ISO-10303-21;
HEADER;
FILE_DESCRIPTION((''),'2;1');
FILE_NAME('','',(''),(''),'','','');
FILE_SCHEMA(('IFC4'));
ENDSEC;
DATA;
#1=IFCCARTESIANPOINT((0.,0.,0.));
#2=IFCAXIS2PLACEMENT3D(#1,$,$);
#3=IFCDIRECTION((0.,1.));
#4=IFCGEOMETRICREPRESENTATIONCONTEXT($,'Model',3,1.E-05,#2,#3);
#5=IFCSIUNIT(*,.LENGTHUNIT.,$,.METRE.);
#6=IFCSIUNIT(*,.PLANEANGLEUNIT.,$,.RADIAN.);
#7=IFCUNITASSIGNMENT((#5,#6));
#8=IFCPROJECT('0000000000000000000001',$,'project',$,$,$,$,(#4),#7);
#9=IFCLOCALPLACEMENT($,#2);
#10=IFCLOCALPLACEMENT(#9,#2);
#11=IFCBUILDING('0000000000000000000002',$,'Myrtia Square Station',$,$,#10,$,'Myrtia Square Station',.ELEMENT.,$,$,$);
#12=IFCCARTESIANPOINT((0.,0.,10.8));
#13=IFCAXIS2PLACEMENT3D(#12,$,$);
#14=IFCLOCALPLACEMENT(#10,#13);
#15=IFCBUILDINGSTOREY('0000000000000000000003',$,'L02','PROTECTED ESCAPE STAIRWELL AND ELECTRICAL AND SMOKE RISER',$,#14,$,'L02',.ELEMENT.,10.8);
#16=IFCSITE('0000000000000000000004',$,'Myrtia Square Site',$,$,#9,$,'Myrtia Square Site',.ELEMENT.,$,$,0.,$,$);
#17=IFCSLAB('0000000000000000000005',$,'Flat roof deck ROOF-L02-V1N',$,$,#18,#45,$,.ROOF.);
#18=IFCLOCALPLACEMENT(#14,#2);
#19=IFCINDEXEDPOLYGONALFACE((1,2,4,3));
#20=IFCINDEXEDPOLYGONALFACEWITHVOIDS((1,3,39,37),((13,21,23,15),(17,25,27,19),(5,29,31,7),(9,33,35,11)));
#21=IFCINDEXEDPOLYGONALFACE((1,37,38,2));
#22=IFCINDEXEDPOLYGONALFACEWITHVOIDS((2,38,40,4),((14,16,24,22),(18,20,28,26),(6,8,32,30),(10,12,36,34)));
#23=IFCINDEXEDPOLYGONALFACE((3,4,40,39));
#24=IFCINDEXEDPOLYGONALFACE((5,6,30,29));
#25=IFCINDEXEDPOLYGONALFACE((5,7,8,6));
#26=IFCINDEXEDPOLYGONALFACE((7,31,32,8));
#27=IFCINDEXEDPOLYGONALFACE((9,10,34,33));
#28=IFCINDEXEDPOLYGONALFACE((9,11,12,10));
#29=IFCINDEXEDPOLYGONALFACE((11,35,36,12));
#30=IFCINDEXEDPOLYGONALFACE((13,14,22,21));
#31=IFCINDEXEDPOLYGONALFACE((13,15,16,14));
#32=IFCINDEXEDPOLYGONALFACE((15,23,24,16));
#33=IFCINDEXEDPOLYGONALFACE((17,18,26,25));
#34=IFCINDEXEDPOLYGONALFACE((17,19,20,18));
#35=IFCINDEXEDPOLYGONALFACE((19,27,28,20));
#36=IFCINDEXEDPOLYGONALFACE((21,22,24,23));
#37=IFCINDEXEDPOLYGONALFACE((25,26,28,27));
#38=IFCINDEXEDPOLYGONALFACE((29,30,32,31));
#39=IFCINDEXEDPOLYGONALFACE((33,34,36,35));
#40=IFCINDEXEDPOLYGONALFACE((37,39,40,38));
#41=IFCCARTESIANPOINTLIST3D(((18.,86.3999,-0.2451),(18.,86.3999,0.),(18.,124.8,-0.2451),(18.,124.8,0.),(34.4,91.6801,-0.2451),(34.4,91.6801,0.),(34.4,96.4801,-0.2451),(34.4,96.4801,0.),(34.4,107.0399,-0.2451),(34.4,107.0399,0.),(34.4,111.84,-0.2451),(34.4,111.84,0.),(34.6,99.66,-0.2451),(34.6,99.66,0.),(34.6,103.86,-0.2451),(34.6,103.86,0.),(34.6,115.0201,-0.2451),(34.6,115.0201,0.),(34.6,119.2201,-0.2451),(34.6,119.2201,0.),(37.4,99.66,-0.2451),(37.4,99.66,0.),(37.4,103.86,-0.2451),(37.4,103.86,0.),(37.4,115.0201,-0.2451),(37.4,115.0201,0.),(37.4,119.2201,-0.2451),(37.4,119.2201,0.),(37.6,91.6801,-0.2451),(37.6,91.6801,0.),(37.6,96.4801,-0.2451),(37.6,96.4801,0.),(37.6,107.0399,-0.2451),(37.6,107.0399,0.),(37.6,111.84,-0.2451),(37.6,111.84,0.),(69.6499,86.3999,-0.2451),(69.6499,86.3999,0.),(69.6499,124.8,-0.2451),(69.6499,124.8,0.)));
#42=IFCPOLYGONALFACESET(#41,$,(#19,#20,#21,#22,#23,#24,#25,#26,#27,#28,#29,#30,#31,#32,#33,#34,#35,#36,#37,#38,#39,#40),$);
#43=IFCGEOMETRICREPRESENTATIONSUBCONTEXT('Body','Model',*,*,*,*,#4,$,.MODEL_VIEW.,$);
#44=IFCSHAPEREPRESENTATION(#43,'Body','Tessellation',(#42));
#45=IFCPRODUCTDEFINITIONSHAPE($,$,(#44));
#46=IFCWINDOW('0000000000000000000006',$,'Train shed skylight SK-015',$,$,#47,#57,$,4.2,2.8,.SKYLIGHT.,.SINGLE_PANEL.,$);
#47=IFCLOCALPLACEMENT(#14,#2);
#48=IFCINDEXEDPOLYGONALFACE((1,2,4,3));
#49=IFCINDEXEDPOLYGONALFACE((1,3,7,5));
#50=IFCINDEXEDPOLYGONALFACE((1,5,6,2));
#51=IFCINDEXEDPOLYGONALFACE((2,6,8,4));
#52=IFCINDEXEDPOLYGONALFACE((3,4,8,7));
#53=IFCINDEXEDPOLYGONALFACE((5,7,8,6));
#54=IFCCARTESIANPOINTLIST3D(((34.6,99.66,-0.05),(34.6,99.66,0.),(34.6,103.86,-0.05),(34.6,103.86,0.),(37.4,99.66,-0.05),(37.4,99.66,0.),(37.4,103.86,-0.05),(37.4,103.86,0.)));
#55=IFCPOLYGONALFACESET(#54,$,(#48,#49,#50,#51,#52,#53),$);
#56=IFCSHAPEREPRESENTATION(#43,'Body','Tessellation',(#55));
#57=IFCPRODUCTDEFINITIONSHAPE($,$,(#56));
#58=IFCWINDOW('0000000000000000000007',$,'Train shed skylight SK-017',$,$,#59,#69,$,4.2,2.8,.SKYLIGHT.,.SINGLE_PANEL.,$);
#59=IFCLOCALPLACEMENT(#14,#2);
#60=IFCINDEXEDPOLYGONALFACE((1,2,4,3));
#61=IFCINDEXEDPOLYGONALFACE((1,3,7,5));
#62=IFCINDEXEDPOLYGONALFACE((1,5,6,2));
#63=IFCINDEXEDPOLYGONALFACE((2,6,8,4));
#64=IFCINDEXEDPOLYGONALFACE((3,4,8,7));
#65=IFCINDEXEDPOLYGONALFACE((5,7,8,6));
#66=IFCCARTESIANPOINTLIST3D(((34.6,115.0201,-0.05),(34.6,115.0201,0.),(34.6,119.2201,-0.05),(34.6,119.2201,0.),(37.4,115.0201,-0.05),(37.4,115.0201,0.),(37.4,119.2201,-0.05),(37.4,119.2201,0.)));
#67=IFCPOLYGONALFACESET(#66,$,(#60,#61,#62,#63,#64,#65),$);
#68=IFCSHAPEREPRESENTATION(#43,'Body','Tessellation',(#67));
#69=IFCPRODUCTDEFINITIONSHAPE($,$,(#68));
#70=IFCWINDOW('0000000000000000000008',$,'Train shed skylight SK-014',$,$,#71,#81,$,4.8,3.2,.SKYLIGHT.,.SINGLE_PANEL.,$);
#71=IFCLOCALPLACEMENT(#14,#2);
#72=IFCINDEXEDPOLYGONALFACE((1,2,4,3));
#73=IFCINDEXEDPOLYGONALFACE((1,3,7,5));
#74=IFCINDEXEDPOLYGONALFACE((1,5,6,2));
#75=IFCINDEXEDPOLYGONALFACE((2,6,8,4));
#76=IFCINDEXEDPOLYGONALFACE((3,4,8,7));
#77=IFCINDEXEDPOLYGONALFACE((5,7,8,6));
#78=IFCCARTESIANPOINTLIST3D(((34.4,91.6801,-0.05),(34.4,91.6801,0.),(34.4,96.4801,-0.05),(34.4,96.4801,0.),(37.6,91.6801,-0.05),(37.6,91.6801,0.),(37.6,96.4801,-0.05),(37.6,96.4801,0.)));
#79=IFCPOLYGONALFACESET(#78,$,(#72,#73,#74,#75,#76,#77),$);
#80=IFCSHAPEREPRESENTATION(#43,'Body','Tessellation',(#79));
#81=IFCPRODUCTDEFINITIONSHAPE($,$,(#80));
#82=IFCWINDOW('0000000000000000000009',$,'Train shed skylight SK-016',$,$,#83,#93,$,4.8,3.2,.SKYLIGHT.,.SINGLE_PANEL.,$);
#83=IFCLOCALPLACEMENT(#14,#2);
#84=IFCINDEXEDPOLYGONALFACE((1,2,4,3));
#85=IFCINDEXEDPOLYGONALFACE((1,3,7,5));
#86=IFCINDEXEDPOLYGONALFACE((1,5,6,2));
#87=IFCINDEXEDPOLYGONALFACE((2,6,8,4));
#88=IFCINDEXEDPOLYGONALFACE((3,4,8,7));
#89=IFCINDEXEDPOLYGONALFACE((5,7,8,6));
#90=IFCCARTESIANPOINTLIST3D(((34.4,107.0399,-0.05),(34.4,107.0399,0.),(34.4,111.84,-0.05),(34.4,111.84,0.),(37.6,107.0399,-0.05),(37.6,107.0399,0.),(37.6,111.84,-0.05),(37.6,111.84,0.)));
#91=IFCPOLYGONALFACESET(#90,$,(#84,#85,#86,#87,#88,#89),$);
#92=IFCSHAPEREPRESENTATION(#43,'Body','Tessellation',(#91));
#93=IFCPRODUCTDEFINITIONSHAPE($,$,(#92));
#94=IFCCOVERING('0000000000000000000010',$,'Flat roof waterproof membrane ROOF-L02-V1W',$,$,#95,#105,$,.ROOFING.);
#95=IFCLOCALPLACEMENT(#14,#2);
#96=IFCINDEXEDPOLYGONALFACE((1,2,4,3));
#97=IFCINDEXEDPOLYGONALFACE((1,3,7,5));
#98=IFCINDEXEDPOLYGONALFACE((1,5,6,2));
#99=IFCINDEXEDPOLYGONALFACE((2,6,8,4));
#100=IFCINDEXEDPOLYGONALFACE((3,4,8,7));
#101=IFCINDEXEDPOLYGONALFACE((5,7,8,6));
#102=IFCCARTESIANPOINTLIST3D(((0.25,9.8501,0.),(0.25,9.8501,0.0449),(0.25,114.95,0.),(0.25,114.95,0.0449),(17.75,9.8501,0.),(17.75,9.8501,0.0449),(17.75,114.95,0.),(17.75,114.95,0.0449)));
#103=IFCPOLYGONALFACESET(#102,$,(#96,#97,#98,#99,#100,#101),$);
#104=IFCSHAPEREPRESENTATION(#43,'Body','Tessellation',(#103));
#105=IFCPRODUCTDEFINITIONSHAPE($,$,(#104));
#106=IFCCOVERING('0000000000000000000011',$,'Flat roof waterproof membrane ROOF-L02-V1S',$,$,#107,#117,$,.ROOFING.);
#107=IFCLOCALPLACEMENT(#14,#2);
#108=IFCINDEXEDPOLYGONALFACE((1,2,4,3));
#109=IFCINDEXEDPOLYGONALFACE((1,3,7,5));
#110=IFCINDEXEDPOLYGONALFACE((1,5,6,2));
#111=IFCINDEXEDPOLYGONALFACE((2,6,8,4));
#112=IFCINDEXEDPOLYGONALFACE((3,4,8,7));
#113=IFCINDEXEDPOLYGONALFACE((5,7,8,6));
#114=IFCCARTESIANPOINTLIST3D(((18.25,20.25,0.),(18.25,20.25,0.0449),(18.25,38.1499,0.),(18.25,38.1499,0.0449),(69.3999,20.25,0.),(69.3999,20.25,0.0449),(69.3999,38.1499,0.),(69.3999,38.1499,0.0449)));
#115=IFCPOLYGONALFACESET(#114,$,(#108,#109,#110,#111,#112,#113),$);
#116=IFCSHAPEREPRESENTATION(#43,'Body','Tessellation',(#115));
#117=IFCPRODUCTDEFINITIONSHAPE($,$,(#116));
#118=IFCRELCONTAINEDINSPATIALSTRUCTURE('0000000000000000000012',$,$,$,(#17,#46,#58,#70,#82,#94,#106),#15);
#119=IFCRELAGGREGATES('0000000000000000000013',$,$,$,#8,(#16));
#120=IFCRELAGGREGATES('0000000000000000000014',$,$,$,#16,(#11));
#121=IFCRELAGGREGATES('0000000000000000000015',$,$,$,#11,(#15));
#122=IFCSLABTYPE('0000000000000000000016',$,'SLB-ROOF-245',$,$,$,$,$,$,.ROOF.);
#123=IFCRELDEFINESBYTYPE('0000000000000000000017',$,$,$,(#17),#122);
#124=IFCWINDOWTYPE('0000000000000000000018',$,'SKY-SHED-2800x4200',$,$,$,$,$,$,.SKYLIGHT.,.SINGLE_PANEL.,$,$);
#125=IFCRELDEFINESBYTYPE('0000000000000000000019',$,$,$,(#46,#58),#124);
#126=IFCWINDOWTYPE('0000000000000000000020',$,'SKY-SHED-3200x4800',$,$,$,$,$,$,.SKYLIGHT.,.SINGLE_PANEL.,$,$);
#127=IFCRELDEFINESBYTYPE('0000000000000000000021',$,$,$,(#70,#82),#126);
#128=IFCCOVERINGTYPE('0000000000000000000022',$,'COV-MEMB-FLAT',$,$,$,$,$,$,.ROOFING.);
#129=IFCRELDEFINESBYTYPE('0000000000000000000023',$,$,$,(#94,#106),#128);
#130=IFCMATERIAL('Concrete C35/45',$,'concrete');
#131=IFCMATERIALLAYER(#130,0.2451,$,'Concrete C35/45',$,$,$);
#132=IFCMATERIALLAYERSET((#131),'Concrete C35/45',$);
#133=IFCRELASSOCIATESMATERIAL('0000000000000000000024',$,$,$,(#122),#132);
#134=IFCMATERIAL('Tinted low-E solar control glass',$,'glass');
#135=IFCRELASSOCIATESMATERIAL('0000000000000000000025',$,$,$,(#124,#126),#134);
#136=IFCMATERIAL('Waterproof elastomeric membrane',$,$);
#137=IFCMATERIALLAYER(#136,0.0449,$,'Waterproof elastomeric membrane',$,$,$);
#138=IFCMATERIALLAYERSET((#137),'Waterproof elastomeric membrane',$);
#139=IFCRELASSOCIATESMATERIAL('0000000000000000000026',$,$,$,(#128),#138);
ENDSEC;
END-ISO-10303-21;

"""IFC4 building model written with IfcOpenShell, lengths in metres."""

from ifc_helpers import new_model, si_unit, direction, frame, origin, origin_2d, place, context, subcontext, project, spatial, polyline, rectangle, outline, extrude, material, layer, layer_set, type_object, element, fill, save


model = new_model("IFC4")

# Units and contexts
model_context = context("Model", 3, precision=1e-05, world=origin(), true_north=direction((0.0, 1.0)))
body_context = subcontext(model_context, "Body", "Model", "MODEL_VIEW")
ifc_project = project(units=[si_unit("LENGTHUNIT", "METRE"), si_unit("PLANEANGLEUNIT", "RADIAN")], contexts=[model_context])

# Site, building, storey
site_placement = place(None, origin())
site = spatial("IfcSite", under=ifc_project, at=site_placement, Name="Myrtia Square Site", LongName="Myrtia Square Site", CompositionType="ELEMENT", RefElevation=0.0)
building_placement = place(site_placement, origin())
building = spatial("IfcBuilding", under=site, at=building_placement, Name="Myrtia Square Station", LongName="Myrtia Square Station", CompositionType="ELEMENT")
storey_placement = place(building_placement, frame((0.0, 0.0, 10.8)))
storey = spatial("IfcBuildingStorey", under=building, at=storey_placement, Name="L02", Description="PROTECTED ESCAPE STAIRWELL AND ELECTRICAL AND SMOKE RISER", LongName="L02", CompositionType="ELEMENT", Elevation=10.8)

# Slab, openings, windows
ifc_material_1 = material(Name="Concrete C35/45", Category="concrete")
ifc_layer_1 = layer(ifc_material_1, 0.2451, Name="Concrete C35/45")
ifc_layer_set_1 = layer_set([ifc_layer_1], Name="Concrete C35/45")
slab_type = type_object("IfcSlabType", Name="SLB-ROOF-245", PredefinedType="ROOF", material=ifc_layer_set_1)
ifc_material_2 = material(Name="Tinted low-E solar control glass", Category="glass")
window_type_1 = type_object("IfcWindowType", Name="SKY-SHED-2800x4200", PartitioningType="SINGLE_PANEL", PredefinedType="SKYLIGHT", material=ifc_material_2)
window_type_2 = type_object("IfcWindowType", Name="SKY-SHED-3200x4800", PartitioningType="SINGLE_PANEL", PredefinedType="SKYLIGHT", material=ifc_material_2)
slab_1_placement = place(storey_placement, frame((0.0, 0.0, -0.2451)))
slab_1 = element("IfcSlab", 1, at=slab_1_placement, inside=storey, type_object=slab_type, Name="Flat roof deck ROOF-L02-V1N", PredefinedType="ROOF", context=body_context, shape_type="SweptSolid", body=[
    extrude(outline(polyline([(18.0, 86.3999), (69.6499, 86.3999), (69.6499, 124.8), (18.0, 124.8), (18.0, 86.3999)])), origin(), (0.0, 0.0, 1.0), 0.2451),
])
opening_1_placement = place(slab_1_placement, frame((36.0, 94.0801, 0.0)))
opening_1 = element("IfcOpeningElement", 2, at=opening_1_placement, cuts=slab_1, PredefinedType="OPENING", context=body_context, shape_type="SweptSolid", body=[
    extrude(rectangle(XDim=3.2, YDim=4.8, at=origin_2d()), frame((0.0, 0.0, -0.0149), z_axis=(0.0, 0.0, 1.0), x_axis=(1.0, 0.0, 0.0)), (0.0, 0.0, 1.0), 0.2751),
])
opening_2_placement = place(slab_1_placement, frame((36.0, 101.76, 0.0)))
opening_2 = element("IfcOpeningElement", 3, at=opening_2_placement, cuts=slab_1, PredefinedType="OPENING", context=body_context, shape_type="SweptSolid", body=[
    extrude(rectangle(XDim=2.8, YDim=4.2, at=origin_2d()), frame((0.0, 0.0, -0.0149), z_axis=(0.0, 0.0, 1.0), x_axis=(1.0, 0.0, 0.0)), (0.0, 0.0, 1.0), 0.2751),
])
opening_3_placement = place(slab_1_placement, frame((36.0, 109.4399, 0.0)))
opening_3 = element("IfcOpeningElement", 4, at=opening_3_placement, cuts=slab_1, PredefinedType="OPENING", context=body_context, shape_type="SweptSolid", body=[
    extrude(rectangle(XDim=3.2, YDim=4.8, at=origin_2d()), frame((0.0, 0.0, -0.0149), z_axis=(0.0, 0.0, 1.0), x_axis=(1.0, 0.0, 0.0)), (0.0, 0.0, 1.0), 0.2751),
])
opening_4_placement = place(slab_1_placement, frame((36.0, 117.1201, 0.0)))
opening_4 = element("IfcOpeningElement", 5, at=opening_4_placement, cuts=slab_1, PredefinedType="OPENING", context=body_context, shape_type="SweptSolid", body=[
    extrude(rectangle(XDim=2.8, YDim=4.2, at=origin_2d()), frame((0.0, 0.0, -0.0149), z_axis=(0.0, 0.0, 1.0), x_axis=(1.0, 0.0, 0.0)), (0.0, 0.0, 1.0), 0.2751),
])
window_1_placement = place(opening_2_placement, frame((0.0, 0.0, 0.1951)))
window_1 = element("IfcWindow", 6, at=window_1_placement, inside=storey, type_object=window_type_1, Name="Train shed skylight SK-015", OverallHeight=4.2, OverallWidth=2.8, PartitioningType="SINGLE_PANEL", PredefinedType="SKYLIGHT", context=body_context, shape_type="SweptSolid", body=[
    extrude(rectangle(XDim=2.8, YDim=4.2, at=origin_2d()), origin(), (0.0, 0.0, 1.0), 0.05),
])
fill(opening_2, window_1)
window_2_placement = place(opening_4_placement, frame((0.0, 0.0, 0.1951)))
window_2 = element("IfcWindow", 7, at=window_2_placement, inside=storey, type_object=window_type_1, Name="Train shed skylight SK-017", OverallHeight=4.2, OverallWidth=2.8, PartitioningType="SINGLE_PANEL", PredefinedType="SKYLIGHT", context=body_context, shape_type="SweptSolid", body=[
    extrude(rectangle(XDim=2.8, YDim=4.2, at=origin_2d()), origin(), (0.0, 0.0, 1.0), 0.05),
])
fill(opening_4, window_2)
window_3_placement = place(opening_1_placement, frame((0.0, 0.0, 0.1951)))
window_3 = element("IfcWindow", 8, at=window_3_placement, inside=storey, type_object=window_type_2, Name="Train shed skylight SK-014", OverallHeight=4.8, OverallWidth=3.2, PartitioningType="SINGLE_PANEL", PredefinedType="SKYLIGHT", context=body_context, shape_type="SweptSolid", body=[
    extrude(rectangle(XDim=3.2, YDim=4.8, at=origin_2d()), origin(), (0.0, 0.0, 1.0), 0.05),
])
fill(opening_1, window_3)
window_4_placement = place(opening_3_placement, frame((0.0, 0.0, 0.1951)))
window_4 = element("IfcWindow", 9, at=window_4_placement, inside=storey, type_object=window_type_2, Name="Train shed skylight SK-016", OverallHeight=4.8, OverallWidth=3.2, PartitioningType="SINGLE_PANEL", PredefinedType="SKYLIGHT", context=body_context, shape_type="SweptSolid", body=[
    extrude(rectangle(XDim=3.2, YDim=4.8, at=origin_2d()), origin(), (0.0, 0.0, 1.0), 0.05),
])
fill(opening_3, window_4)

# Coverings
ifc_material_3 = material(Name="Waterproof elastomeric membrane")
ifc_layer_2 = layer(ifc_material_3, 0.0449, Name="Waterproof elastomeric membrane")
ifc_layer_set_2 = layer_set([ifc_layer_2], Name="Waterproof elastomeric membrane")
covering_type = type_object("IfcCoveringType", Name="COV-MEMB-FLAT", PredefinedType="ROOFING", material=ifc_layer_set_2)
covering_1_placement = place(storey_placement, origin())
element("IfcCovering", 10, at=covering_1_placement, inside=storey, type_object=covering_type, Name="Flat roof waterproof membrane ROOF-L02-V1W", PredefinedType="ROOFING", context=body_context, shape_type="SweptSolid", body=[
    extrude(outline(polyline([(0.25, 9.8501), (17.75, 9.8501), (17.75, 114.95), (0.25, 114.95), (0.25, 9.8501)])), origin(), (0.0, 0.0, 1.0), 0.0449),
])
covering_2_placement = place(storey_placement, origin())
element("IfcCovering", 11, at=covering_2_placement, inside=storey, type_object=covering_type, Name="Flat roof waterproof membrane ROOF-L02-V1S", PredefinedType="ROOFING", context=body_context, shape_type="SweptSolid", body=[
    extrude(outline(polyline([(18.25, 20.25), (69.3999, 20.25), (69.3999, 38.1499), (18.25, 38.1499), (18.25, 20.25)])), origin(), (0.0, 0.0, 1.0), 0.0449),
])

save(model, "model.ifc")
